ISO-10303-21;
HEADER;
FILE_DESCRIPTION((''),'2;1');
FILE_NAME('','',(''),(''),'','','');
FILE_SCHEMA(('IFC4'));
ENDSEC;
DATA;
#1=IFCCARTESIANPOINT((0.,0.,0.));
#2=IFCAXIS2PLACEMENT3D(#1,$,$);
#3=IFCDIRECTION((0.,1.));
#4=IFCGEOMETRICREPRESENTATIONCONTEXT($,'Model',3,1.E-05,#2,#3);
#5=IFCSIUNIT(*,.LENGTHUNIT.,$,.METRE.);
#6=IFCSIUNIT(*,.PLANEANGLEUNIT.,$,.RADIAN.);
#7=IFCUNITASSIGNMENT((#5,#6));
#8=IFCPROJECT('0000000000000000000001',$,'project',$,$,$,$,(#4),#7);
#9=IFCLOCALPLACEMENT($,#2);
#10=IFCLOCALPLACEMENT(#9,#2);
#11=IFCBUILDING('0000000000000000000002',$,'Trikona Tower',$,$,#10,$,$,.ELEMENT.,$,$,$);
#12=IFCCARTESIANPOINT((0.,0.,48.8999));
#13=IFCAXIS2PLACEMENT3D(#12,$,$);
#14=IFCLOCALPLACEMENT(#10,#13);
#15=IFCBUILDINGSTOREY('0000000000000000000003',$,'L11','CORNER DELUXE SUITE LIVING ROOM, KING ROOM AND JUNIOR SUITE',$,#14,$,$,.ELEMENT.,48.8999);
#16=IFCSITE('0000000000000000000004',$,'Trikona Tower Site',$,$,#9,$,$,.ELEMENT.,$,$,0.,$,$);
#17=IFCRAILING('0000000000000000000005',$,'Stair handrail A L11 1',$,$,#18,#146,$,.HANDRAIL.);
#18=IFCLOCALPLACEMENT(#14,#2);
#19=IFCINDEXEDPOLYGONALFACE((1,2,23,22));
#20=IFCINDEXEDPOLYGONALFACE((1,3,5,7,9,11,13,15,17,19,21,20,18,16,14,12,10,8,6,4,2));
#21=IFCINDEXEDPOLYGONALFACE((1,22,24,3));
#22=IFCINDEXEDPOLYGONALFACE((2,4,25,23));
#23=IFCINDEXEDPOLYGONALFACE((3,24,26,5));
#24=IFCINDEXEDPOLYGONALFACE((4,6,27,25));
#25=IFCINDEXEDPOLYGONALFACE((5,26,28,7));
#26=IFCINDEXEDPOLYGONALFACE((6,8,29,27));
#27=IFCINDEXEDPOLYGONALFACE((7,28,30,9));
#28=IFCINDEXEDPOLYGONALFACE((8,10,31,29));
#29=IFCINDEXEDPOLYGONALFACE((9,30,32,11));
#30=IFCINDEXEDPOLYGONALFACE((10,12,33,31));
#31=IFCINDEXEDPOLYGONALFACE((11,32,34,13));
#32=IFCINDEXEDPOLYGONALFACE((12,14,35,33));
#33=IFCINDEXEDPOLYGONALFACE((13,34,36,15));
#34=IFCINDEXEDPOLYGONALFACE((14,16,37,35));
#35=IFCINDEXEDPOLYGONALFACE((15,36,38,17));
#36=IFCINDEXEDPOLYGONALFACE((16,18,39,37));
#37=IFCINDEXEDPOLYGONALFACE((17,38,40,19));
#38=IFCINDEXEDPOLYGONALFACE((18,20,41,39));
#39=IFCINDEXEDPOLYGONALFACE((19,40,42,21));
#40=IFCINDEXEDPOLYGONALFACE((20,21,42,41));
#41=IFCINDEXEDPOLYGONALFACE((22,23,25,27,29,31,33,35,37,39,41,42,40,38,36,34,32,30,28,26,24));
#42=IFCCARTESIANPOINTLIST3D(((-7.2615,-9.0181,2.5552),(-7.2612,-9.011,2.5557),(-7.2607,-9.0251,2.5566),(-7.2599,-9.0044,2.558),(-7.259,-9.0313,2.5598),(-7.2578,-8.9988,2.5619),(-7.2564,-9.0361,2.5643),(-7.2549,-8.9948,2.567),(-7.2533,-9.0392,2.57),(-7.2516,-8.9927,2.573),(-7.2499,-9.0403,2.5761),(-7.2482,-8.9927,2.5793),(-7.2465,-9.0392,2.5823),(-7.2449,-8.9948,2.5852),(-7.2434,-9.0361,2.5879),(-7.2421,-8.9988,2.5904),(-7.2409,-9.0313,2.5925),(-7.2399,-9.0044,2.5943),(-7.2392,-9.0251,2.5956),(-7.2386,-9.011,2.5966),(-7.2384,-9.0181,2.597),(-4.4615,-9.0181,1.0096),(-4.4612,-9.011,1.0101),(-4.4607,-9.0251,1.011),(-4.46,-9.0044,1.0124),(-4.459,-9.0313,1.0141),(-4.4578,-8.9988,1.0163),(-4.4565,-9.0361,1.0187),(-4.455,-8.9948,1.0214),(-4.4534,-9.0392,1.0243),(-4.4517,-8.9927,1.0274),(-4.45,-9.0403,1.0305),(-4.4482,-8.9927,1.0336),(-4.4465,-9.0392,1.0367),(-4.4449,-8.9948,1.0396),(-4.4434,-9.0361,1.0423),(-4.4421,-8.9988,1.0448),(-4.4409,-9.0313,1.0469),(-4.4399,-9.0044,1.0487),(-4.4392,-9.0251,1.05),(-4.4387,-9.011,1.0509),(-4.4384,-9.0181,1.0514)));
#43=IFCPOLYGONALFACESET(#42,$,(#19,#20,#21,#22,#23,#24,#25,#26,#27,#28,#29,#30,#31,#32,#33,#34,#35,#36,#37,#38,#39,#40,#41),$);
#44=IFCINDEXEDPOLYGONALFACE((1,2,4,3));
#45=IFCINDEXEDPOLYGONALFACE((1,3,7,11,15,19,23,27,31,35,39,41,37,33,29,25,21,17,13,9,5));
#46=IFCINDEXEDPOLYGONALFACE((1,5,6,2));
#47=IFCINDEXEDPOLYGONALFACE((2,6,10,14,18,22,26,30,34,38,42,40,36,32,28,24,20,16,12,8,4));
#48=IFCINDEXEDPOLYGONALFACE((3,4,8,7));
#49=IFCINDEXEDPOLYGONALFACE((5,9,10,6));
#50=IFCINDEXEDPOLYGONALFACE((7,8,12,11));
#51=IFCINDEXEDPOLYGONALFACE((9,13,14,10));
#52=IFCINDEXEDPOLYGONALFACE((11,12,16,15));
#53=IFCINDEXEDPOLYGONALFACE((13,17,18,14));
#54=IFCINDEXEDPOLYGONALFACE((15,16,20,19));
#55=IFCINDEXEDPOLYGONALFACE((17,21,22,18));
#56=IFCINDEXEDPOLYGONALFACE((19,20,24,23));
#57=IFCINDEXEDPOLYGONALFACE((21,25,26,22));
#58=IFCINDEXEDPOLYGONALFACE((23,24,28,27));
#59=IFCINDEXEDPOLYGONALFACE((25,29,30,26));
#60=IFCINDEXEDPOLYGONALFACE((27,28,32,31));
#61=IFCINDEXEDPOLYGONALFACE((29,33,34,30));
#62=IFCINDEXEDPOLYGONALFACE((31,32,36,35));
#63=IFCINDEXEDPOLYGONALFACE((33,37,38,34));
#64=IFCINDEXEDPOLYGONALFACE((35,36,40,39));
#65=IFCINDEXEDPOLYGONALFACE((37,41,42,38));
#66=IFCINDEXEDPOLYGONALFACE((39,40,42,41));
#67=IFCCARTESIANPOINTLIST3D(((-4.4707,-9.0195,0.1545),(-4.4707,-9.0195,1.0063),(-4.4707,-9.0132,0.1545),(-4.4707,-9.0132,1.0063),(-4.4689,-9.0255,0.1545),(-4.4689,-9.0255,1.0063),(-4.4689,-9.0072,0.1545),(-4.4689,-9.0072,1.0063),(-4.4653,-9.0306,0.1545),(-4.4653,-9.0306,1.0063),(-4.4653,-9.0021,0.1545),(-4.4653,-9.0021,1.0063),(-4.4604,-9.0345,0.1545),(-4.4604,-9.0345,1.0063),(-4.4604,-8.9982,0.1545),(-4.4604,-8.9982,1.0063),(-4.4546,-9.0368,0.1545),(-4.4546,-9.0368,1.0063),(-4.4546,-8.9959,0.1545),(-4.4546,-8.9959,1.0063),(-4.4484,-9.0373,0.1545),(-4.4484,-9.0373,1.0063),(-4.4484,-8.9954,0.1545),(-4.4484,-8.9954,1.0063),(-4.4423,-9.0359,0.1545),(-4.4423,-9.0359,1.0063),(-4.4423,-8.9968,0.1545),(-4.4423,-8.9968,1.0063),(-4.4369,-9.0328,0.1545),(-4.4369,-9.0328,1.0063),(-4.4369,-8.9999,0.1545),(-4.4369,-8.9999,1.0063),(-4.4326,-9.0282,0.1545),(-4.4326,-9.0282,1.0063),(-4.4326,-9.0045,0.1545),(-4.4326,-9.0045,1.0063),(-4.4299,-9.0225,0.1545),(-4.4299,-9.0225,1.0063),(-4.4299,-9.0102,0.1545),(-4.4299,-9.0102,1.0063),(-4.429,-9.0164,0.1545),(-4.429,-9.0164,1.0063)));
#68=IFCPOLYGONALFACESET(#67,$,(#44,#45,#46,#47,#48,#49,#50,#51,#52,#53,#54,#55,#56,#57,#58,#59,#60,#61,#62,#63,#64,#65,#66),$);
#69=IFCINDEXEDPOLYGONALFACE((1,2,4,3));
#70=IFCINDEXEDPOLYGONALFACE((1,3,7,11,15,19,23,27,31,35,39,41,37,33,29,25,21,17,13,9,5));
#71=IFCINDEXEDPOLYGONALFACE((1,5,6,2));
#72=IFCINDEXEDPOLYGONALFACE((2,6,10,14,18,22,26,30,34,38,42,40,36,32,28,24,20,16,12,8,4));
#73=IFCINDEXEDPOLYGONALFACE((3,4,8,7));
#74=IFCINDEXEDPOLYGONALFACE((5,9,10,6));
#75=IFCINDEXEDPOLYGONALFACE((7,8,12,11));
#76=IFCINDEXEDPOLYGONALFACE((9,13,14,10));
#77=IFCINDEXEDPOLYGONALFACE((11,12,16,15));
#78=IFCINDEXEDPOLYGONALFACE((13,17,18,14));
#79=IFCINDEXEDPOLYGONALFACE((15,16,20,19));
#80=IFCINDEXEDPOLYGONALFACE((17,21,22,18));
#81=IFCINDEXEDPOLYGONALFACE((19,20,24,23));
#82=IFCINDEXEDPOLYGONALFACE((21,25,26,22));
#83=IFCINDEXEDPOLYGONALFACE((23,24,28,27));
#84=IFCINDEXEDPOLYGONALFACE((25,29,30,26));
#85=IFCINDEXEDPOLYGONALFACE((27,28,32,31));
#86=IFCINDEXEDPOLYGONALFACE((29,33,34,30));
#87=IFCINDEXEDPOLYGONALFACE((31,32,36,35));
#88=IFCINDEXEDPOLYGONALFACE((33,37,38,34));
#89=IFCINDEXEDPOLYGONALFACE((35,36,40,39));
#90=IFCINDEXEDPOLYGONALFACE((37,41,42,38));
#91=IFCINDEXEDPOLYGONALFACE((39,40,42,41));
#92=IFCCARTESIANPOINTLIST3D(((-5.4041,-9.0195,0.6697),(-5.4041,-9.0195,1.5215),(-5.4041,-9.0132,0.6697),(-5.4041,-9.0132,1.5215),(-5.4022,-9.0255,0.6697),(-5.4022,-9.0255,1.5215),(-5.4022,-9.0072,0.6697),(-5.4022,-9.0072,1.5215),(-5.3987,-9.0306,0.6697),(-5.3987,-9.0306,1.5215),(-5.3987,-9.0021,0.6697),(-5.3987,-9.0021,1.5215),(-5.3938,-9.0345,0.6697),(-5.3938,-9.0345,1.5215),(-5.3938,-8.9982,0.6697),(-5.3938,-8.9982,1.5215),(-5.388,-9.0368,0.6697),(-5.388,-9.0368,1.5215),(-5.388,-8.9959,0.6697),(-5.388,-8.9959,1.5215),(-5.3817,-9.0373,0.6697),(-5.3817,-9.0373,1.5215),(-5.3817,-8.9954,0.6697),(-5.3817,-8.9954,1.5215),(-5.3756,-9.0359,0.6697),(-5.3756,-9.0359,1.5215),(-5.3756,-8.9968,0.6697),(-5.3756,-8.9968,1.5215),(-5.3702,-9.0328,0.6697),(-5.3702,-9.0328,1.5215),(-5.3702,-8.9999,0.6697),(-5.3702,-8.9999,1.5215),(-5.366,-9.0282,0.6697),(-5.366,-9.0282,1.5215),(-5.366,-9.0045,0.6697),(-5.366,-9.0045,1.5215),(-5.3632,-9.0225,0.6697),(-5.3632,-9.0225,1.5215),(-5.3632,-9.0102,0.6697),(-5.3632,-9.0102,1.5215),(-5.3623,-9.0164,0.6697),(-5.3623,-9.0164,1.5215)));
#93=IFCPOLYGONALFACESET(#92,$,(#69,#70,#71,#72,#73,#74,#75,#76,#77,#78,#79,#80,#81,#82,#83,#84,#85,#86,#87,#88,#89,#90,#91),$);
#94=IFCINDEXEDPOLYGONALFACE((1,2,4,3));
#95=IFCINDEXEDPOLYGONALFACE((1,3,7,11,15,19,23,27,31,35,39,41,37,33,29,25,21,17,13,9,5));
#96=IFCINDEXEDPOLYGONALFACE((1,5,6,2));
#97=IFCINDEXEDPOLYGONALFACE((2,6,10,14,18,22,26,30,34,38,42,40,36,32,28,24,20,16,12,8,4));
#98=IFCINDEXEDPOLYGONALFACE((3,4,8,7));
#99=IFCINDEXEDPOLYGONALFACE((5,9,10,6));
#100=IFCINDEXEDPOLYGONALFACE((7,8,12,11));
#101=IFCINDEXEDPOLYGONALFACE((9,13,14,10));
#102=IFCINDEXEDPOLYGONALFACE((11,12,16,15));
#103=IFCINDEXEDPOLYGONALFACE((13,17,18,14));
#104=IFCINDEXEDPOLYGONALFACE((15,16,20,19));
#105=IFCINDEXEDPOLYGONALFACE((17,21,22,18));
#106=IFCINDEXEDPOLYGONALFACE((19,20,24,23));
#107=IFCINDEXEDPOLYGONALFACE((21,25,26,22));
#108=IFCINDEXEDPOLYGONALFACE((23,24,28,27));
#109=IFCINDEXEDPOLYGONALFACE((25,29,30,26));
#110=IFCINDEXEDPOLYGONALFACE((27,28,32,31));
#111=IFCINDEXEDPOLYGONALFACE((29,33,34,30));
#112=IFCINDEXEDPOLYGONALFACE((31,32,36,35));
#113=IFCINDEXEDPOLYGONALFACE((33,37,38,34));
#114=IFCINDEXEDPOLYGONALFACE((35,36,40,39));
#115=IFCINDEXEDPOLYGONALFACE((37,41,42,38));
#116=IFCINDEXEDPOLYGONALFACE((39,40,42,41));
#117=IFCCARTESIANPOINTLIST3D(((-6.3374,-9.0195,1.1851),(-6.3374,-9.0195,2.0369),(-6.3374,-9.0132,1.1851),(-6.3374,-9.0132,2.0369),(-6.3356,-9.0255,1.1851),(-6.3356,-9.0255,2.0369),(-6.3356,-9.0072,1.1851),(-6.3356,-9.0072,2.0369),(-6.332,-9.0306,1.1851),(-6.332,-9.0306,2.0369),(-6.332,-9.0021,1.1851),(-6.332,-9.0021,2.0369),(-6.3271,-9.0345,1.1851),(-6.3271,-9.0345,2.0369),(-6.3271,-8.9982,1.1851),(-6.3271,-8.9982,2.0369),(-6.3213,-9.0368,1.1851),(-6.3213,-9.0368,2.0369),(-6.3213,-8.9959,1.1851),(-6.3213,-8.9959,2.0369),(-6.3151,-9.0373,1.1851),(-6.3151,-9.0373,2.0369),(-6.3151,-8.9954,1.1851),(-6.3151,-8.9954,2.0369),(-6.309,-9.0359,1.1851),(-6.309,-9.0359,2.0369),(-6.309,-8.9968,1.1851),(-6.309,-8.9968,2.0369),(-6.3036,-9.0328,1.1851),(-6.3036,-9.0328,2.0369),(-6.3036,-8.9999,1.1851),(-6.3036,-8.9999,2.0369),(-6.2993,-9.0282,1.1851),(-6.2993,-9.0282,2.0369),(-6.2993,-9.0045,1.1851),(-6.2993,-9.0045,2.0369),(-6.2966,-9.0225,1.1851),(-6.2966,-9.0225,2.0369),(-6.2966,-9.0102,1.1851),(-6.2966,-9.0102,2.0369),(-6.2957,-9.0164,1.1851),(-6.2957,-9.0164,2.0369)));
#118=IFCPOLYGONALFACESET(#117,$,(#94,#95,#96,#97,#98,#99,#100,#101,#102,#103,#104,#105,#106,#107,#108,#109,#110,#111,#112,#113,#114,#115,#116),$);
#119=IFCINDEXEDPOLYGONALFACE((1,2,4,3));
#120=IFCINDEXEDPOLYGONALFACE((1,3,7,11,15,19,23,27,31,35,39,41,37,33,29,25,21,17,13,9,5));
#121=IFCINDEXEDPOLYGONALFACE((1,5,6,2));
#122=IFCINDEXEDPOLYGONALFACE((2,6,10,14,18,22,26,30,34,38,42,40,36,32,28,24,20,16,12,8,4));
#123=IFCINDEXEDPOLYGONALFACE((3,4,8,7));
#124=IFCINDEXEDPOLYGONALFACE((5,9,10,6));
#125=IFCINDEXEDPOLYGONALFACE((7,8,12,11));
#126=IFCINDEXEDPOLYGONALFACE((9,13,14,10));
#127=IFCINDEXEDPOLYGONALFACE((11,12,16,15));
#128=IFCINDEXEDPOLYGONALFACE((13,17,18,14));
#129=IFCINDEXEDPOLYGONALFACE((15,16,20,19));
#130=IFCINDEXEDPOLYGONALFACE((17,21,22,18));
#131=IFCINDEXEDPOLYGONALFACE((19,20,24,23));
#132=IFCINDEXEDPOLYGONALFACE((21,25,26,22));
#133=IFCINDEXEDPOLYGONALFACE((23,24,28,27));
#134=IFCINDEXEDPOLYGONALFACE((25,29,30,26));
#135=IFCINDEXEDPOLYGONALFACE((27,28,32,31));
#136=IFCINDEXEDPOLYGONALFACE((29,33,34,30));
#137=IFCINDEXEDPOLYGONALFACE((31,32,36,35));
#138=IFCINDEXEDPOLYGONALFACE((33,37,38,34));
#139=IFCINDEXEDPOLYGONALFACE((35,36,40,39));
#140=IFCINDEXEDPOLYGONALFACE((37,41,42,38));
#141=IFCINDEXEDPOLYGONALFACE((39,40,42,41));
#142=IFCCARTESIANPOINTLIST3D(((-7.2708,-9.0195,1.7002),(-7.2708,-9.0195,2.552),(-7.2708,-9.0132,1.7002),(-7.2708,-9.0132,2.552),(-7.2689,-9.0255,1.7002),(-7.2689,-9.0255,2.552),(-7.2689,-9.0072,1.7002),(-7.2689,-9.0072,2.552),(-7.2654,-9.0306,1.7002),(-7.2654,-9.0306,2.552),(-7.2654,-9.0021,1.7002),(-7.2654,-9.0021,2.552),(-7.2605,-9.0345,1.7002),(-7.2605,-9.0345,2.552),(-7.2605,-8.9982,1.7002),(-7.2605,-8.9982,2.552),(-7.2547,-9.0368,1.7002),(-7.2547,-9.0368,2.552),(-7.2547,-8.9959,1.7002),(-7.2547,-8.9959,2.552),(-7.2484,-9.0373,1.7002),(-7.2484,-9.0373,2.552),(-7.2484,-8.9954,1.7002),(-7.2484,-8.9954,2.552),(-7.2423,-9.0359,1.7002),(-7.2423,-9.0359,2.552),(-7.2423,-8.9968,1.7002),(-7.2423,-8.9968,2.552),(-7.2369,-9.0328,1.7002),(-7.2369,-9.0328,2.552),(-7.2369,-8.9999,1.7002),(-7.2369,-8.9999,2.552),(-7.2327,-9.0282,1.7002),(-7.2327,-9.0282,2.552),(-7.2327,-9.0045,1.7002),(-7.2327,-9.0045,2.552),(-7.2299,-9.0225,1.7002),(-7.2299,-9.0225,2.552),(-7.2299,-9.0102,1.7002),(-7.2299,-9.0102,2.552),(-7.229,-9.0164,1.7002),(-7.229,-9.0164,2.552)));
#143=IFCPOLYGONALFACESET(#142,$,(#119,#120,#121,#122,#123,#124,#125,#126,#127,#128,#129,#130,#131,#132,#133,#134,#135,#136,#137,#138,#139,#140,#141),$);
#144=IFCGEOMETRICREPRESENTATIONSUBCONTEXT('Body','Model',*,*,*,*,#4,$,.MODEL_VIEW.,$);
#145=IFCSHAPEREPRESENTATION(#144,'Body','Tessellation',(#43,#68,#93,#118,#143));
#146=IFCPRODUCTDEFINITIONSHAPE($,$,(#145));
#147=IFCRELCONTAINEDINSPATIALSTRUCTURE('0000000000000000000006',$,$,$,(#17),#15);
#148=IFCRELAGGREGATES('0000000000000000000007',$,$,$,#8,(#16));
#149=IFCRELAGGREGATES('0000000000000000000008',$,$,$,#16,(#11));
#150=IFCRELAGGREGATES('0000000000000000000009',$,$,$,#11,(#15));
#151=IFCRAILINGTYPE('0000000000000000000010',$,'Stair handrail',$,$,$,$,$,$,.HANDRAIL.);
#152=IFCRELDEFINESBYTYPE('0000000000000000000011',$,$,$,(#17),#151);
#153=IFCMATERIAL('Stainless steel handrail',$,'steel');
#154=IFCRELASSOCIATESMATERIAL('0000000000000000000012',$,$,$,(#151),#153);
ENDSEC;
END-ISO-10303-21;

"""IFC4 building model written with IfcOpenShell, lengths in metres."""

from ifc_helpers import new_model, si_unit, direction, frame, origin, origin_2d, place, context, subcontext, project, spatial, circle, extrude, material, type_object, element, save


model = new_model("IFC4")

# Units and contexts
model_context = context("Model", 3, precision=1e-05, world=origin(), true_north=direction((0.0, 1.0)))
body_context = subcontext(model_context, "Body", "Model", "MODEL_VIEW")
ifc_project = project(units=[si_unit("LENGTHUNIT", "METRE"), si_unit("PLANEANGLEUNIT", "RADIAN")], contexts=[model_context])

# Site, building, storey
site_placement = place(None, origin())
site = spatial("IfcSite", under=ifc_project, at=site_placement, Name="Trikona Tower Site", CompositionType="ELEMENT", RefElevation=0.0)
building_placement = place(site_placement, origin())
building = spatial("IfcBuilding", under=site, at=building_placement, Name="Trikona Tower", CompositionType="ELEMENT")
storey_placement = place(building_placement, frame((0.0, 0.0, 48.8999)))
storey = spatial("IfcBuildingStorey", under=building, at=storey_placement, Name="L11", Description="CORNER DELUXE SUITE LIVING ROOM, KING ROOM AND JUNIOR SUITE", CompositionType="ELEMENT", Elevation=48.8999)

# Railing
ifc_material_1 = material(Name="Stainless steel handrail", Category="steel")
railing_type = type_object("IfcRailingType", Name="Stair handrail", PredefinedType="HANDRAIL", material=ifc_material_1)
railing_placement = place(storey_placement, frame((-4.45, -9.0164, 0.1545)))
element("IfcRailing", 1, at=railing_placement, inside=storey, type_object=railing_type, Name="Stair handrail A L11 1", PredefinedType="HANDRAIL", context=body_context, shape_type="SweptSolid", body=[
    extrude(circle(Radius=0.0239, at=origin_2d()), frame((0.0, 0.0, 0.876), z_axis=(-0.875472, 0.0, 0.483269), x_axis=(0.0, -1.0, 0.0)), (0.0, 0.0, 1.0), 3.1982),
    extrude(circle(Radius=0.021, at=origin_2d()), origin(), (0.0, 0.0, 1.0), 0.8518),
    extrude(circle(Radius=0.021, at=origin_2d()), frame((-0.9333, 0.0, 0.5151)), (0.0, 0.0, 1.0), 0.8518),
    extrude(circle(Radius=0.021, at=origin_2d()), frame((-1.8667, 0.0, 1.0305)), (0.0, 0.0, 1.0), 0.8518),
    extrude(circle(Radius=0.021, at=origin_2d()), frame((-2.8, 0.0, 1.5457)), (0.0, 0.0, 1.0), 0.8518),
])

save(model, "model.ifc")
